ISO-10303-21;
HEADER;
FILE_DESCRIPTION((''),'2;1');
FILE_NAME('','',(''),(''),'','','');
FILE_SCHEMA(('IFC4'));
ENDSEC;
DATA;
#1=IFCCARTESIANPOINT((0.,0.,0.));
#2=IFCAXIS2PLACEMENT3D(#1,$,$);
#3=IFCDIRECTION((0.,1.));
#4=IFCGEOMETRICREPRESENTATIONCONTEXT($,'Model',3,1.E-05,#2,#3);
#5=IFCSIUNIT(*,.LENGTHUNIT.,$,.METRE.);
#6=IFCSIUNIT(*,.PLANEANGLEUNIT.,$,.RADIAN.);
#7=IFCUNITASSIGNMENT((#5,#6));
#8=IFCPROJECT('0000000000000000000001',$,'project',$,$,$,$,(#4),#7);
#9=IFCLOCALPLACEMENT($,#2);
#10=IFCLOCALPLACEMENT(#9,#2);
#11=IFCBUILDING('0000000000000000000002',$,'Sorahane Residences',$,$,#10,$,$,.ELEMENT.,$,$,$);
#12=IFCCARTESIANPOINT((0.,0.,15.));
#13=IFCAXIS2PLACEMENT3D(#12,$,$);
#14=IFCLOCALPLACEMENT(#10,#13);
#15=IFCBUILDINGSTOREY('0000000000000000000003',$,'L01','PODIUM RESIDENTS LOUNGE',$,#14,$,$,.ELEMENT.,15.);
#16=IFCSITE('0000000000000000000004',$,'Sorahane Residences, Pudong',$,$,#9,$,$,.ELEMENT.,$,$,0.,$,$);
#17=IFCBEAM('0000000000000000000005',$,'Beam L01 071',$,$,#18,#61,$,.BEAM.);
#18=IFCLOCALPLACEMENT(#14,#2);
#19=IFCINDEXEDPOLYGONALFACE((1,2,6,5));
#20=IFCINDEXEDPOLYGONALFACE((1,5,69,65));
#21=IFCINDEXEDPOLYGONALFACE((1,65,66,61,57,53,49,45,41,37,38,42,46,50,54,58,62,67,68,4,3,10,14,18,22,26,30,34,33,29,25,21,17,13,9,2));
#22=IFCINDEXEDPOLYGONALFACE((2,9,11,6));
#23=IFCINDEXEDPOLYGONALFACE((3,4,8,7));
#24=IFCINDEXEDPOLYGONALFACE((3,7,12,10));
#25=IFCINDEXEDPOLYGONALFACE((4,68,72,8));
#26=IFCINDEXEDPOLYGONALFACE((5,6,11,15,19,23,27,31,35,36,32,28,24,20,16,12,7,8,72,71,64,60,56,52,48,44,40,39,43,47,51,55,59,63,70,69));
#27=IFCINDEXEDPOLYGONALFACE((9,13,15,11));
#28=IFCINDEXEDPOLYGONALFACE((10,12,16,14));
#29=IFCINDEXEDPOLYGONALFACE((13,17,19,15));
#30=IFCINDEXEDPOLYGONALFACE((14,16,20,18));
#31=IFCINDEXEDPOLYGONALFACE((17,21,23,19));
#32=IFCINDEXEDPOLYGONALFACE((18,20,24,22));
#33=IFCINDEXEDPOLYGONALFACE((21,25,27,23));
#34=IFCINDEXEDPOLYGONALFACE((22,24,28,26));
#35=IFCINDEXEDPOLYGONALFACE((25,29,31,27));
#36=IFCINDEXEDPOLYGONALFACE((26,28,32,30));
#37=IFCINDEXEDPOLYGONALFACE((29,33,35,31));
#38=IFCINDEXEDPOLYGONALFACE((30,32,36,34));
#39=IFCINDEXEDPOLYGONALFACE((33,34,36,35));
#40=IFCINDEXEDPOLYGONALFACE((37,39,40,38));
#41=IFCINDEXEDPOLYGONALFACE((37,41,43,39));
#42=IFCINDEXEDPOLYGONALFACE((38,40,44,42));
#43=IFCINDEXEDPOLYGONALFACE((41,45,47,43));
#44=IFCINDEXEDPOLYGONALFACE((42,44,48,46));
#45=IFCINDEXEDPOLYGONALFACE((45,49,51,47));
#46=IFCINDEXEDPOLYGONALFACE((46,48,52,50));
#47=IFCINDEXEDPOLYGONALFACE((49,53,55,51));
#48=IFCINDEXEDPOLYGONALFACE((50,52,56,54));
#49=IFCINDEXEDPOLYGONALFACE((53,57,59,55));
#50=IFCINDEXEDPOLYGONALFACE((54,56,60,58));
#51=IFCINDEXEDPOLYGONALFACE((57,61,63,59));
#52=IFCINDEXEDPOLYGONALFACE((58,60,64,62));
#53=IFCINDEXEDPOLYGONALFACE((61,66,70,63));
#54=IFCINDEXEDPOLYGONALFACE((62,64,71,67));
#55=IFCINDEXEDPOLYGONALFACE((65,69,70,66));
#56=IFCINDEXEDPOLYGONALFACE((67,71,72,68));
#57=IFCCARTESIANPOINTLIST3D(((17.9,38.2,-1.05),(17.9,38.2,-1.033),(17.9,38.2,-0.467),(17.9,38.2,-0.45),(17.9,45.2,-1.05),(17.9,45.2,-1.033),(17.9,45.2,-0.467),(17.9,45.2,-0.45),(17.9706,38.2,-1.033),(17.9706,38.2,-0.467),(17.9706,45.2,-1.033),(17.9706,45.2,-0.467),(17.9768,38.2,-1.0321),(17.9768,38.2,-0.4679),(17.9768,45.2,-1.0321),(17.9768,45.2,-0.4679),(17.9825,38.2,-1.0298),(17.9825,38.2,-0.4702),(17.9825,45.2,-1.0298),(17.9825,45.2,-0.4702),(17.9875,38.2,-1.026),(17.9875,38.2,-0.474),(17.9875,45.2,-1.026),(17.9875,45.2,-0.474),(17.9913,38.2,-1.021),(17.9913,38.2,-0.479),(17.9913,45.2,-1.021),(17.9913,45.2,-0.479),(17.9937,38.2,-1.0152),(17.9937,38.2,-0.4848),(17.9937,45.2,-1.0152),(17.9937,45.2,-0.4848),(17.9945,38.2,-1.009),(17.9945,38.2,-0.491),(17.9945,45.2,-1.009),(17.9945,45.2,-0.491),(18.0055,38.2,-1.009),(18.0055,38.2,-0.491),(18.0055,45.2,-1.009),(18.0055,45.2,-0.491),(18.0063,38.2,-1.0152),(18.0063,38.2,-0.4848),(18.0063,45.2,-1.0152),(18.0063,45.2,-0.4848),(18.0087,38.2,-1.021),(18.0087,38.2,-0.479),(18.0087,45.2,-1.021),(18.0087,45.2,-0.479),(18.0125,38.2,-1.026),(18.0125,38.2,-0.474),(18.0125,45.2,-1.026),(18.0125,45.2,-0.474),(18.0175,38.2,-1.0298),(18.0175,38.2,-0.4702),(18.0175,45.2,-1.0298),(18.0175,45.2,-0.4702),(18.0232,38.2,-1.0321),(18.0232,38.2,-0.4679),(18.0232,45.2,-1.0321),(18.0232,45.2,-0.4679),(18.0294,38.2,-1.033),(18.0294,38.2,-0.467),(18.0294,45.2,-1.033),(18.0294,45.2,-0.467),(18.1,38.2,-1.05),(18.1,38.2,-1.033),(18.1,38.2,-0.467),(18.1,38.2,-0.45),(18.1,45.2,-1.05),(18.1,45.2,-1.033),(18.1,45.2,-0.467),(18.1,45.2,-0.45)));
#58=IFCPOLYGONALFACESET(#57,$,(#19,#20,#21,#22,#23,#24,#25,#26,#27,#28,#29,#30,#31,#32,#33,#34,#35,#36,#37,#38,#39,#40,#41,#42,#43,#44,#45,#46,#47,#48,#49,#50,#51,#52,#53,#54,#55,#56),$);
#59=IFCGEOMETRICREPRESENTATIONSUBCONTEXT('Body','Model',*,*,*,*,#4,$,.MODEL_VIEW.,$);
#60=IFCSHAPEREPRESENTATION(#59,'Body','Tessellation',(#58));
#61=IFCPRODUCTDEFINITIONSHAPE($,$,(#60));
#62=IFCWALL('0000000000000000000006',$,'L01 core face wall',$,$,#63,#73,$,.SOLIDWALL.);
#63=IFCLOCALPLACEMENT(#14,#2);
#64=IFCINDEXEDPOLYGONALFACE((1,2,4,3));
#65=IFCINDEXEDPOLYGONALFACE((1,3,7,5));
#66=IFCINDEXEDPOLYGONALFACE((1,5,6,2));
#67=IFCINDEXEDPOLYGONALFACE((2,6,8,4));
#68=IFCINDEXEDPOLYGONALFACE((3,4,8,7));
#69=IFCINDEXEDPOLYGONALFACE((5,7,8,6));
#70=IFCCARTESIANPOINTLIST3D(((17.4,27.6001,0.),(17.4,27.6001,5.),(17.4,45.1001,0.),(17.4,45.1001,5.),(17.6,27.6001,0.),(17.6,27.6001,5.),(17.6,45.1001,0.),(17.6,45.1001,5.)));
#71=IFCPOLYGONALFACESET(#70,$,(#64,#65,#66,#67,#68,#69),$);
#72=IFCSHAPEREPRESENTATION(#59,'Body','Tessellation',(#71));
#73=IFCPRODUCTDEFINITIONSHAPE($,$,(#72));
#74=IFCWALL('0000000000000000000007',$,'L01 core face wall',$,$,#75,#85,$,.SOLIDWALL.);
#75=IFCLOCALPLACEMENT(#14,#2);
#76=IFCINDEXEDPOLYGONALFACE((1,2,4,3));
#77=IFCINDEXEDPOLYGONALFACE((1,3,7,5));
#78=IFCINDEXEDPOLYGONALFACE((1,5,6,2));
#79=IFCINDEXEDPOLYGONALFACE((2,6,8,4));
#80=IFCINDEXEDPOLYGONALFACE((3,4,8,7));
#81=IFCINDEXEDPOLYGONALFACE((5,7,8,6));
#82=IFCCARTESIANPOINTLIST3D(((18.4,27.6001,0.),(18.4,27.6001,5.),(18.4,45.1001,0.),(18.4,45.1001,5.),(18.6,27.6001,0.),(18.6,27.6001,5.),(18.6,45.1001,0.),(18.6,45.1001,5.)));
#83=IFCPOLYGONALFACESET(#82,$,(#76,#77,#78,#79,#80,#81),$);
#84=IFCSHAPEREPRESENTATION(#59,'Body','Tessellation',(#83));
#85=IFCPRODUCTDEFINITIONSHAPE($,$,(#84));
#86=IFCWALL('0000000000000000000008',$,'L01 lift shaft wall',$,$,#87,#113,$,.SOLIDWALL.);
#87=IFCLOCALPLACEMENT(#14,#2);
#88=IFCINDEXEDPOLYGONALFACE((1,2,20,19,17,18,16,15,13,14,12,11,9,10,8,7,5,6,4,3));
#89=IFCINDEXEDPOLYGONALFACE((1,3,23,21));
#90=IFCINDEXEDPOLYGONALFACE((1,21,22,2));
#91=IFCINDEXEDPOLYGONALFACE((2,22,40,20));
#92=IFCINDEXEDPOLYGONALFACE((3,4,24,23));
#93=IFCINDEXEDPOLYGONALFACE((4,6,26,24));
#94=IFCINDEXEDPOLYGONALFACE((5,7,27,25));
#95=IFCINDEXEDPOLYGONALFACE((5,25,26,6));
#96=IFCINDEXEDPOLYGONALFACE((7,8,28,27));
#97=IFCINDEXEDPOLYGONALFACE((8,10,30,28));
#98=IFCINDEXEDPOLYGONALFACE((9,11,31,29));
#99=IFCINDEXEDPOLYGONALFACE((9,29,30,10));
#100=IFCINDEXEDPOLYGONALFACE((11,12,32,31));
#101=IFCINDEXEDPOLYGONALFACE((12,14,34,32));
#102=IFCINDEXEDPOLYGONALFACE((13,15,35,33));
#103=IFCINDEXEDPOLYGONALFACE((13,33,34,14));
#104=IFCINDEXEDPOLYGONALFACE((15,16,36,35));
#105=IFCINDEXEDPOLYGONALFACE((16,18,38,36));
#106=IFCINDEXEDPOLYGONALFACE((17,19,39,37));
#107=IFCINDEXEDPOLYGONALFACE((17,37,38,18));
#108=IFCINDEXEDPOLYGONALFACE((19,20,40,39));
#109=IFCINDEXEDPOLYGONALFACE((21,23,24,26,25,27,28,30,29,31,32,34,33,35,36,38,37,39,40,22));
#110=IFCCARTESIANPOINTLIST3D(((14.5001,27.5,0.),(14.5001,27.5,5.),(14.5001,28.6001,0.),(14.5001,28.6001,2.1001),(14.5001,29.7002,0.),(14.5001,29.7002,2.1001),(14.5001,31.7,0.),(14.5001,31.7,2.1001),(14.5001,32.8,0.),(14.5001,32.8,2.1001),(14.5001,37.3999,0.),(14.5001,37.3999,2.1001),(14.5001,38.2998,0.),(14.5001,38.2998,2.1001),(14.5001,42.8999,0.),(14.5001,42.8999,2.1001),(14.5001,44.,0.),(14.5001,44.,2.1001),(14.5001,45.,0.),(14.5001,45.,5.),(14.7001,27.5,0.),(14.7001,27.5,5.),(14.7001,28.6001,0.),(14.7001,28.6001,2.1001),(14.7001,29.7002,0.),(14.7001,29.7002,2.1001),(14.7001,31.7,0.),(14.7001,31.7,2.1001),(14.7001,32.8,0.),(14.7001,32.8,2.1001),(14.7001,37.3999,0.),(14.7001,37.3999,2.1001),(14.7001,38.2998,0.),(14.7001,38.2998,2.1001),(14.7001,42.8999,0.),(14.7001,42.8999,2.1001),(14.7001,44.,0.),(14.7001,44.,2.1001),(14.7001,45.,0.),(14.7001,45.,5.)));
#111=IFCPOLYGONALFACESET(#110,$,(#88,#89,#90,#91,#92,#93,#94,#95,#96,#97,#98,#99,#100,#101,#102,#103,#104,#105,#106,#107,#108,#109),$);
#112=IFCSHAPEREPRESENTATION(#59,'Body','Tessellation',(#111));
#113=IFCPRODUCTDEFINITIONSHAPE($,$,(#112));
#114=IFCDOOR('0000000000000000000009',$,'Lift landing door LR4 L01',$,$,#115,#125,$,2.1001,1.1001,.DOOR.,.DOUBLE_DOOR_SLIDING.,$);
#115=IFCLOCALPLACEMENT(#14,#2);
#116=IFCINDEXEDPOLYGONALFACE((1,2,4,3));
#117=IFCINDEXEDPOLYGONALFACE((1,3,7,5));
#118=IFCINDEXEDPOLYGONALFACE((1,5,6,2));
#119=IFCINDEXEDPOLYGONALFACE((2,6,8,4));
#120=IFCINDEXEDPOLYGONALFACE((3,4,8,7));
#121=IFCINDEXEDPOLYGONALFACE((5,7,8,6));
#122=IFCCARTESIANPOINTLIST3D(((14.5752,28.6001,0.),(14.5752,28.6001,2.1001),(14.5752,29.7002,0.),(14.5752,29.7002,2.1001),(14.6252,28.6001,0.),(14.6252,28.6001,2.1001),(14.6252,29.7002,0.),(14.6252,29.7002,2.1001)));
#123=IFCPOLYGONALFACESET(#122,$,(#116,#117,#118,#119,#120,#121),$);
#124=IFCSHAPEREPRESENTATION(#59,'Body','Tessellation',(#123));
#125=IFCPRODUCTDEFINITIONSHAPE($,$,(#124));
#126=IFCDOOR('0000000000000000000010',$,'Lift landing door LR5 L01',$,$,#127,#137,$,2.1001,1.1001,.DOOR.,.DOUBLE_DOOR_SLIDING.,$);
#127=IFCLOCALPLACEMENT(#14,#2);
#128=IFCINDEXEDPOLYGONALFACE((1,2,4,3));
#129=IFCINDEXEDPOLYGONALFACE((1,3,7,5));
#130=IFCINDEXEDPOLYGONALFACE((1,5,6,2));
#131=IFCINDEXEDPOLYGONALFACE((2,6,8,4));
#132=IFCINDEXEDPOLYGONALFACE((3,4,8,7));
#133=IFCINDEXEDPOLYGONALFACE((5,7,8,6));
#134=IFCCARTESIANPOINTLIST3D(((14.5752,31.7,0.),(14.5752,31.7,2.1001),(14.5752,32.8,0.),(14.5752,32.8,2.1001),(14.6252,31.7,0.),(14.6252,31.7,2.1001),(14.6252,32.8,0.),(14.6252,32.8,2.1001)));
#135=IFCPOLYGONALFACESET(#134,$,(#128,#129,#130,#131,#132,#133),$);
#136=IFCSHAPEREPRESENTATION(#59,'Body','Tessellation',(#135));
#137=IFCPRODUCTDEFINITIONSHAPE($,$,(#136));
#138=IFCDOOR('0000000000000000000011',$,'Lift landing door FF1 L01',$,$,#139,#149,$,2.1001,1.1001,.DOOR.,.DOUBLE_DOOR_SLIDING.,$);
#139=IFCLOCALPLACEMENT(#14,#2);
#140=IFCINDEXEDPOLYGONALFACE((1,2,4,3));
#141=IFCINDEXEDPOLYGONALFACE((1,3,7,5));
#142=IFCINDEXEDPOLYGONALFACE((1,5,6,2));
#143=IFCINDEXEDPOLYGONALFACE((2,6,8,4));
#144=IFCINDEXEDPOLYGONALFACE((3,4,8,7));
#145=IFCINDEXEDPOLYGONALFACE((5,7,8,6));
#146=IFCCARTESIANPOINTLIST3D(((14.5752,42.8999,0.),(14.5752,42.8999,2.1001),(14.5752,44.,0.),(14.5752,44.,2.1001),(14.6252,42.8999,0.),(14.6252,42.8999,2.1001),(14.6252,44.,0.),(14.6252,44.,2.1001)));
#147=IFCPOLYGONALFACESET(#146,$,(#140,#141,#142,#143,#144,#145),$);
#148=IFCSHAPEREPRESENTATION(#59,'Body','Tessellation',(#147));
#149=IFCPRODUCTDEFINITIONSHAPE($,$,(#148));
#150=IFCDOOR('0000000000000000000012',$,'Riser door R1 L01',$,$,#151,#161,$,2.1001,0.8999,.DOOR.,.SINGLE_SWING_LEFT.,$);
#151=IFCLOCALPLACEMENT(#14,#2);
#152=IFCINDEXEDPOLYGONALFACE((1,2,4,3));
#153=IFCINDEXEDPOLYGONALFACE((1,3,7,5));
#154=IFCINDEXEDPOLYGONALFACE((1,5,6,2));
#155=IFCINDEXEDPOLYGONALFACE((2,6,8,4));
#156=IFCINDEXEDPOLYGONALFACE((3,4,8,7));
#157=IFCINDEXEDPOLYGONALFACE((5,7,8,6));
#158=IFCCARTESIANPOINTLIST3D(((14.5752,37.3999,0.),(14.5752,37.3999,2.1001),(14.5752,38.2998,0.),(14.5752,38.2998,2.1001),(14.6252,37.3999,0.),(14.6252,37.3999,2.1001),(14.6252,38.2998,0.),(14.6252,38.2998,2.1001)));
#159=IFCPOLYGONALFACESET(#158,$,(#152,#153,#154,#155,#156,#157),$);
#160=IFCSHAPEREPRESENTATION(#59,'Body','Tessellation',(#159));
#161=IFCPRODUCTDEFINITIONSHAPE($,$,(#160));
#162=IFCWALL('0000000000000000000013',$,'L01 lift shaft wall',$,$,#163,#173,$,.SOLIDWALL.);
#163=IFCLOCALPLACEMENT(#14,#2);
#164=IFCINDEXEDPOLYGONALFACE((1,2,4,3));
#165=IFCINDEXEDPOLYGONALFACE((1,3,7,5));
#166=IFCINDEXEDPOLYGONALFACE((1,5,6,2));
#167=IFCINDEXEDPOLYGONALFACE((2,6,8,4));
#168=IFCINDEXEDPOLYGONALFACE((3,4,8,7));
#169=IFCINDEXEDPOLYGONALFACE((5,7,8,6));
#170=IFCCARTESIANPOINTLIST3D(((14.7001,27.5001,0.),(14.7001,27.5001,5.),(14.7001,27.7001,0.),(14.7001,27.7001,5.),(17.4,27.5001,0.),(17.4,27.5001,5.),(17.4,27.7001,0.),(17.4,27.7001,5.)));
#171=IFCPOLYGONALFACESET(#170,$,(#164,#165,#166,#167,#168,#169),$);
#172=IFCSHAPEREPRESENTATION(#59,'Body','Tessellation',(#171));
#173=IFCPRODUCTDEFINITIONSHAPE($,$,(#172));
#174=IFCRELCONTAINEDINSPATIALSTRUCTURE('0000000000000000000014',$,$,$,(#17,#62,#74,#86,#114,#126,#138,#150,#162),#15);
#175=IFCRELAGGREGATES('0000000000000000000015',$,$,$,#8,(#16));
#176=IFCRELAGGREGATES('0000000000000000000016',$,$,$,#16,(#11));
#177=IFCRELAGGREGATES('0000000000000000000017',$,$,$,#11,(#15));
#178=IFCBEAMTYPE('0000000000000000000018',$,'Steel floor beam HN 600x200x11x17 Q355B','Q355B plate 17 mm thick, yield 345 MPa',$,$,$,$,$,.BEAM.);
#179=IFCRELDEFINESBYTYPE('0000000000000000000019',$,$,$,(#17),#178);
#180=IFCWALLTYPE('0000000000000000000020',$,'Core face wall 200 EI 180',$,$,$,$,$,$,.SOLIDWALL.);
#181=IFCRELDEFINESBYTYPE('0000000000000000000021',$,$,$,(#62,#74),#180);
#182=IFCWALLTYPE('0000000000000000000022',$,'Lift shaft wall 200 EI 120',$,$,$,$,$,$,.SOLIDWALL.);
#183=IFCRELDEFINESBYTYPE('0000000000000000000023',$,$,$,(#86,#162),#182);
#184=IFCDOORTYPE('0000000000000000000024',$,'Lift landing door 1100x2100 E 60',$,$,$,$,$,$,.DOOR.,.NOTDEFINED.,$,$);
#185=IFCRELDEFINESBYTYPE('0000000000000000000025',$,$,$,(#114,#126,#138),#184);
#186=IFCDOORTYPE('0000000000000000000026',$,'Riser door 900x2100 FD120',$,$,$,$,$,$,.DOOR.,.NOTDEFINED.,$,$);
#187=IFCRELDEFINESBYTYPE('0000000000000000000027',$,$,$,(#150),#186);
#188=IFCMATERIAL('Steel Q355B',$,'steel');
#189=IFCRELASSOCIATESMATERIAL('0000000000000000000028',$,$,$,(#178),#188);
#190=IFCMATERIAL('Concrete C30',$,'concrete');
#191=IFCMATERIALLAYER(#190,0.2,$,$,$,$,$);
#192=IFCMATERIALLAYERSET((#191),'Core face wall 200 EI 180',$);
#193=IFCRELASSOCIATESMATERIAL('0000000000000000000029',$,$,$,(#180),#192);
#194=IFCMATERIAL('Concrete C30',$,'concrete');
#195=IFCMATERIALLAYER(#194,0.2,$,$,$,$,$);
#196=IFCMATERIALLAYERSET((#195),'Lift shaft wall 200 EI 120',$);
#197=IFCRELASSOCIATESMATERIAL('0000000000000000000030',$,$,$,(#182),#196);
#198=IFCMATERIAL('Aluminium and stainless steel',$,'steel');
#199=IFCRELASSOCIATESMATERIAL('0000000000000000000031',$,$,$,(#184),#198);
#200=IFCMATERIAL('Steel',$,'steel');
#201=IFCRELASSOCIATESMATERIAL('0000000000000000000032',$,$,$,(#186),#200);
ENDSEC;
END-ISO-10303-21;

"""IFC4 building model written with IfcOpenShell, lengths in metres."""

from ifc_helpers import new_model, si_unit, direction, frame, frame_2d, origin, origin_2d, place, context, subcontext, project, spatial, rectangle, i_section, extrude, material, layer, layer_set, material_profile, profile_set, type_object, element, fill, save


model = new_model("IFC4")

# Units and contexts
model_context = context("Model", 3, precision=1e-05, world=origin(), true_north=direction((0.0, 1.0)))
body_context = subcontext(model_context, "Body", "Model", "MODEL_VIEW")
ifc_project = project(units=[si_unit("LENGTHUNIT", "METRE"), si_unit("PLANEANGLEUNIT", "RADIAN")], contexts=[model_context])

# Site, building, storey
site_placement = place(None, origin())
site = spatial("IfcSite", under=ifc_project, at=site_placement, Name="Sorahane Residences, Pudong", CompositionType="ELEMENT", RefElevation=0.0)
building_placement = place(site_placement, origin())
building = spatial("IfcBuilding", under=site, at=building_placement, Name="Sorahane Residences", CompositionType="ELEMENT")
storey_placement = place(building_placement, frame((0.0, 0.0, 15.0)))
storey = spatial("IfcBuildingStorey", under=building, at=storey_placement, Name="L01", Description="PODIUM RESIDENTS LOUNGE", CompositionType="ELEMENT", Elevation=15.0)

# Beam
ifc_material_1 = material(Name="Steel Q355B", Category="steel")
ifc_material_profile_1 = material_profile(ifc_material_1, i_section(OverallWidth=0.2, OverallDepth=0.6001, WebThickness=0.011, FlangeThickness=0.0171, FilletRadius=0.0239, at=origin_2d()), Name="HN 600x200x11x17")
ifc_profile_set_1 = profile_set([ifc_material_profile_1], Name="Steel Q355B")
beam_type_1 = type_object("IfcBeamType", Name="Steel floor beam HN 600x200x11x17 Q355B", Description="Q355B plate 17 mm thick, yield 345 MPa", PredefinedType="BEAM", material=ifc_profile_set_1)
for number, where, z_axis, x_axis, name in (
    (1, (18.0, 38.2, -0.75), (0.0, 1.0, 0.0), (-1.0, 0.0, 0.0), "Beam L01 071"),
):
    element("IfcBeam", number, at=place(storey_placement, frame(where, z_axis=z_axis, x_axis=x_axis)), inside=storey, type_object=beam_type_1, Name=name, PredefinedType="BEAM", context=body_context, shape_type="SweptSolid", body=[
        extrude(i_section(OverallWidth=0.2, OverallDepth=0.6001, WebThickness=0.011, FlangeThickness=0.0171, FilletRadius=0.0239, at=origin_2d()), origin(), (0.0, 0.0, 1.0), 7.0),
    ])

# Walls
ifc_material_2 = material(Name="Concrete C30", Category="concrete")
ifc_layer_1 = layer(ifc_material_2, 0.2)
ifc_layer_set_1 = layer_set([ifc_layer_1], Name="Core face wall 200 EI 180")
wall_type_1 = type_object("IfcWallType", Name="Core face wall 200 EI 180", PredefinedType="SOLIDWALL", material=ifc_layer_set_1)
for number, where, z_axis, x_axis, name in (
    (2, (17.5, 27.6001, 0.0), (0.0, 0.0, 1.0), (0.0, 1.0, 0.0), "L01 core face wall"),
    (3, (18.5, 27.6001, 0.0), (0.0, 0.0, 1.0), (0.0, 1.0, 0.0), "L01 core face wall"),
):
    element("IfcWall", number, at=place(storey_placement, frame(where, z_axis=z_axis, x_axis=x_axis)), inside=storey, type_object=wall_type_1, Name=name, PredefinedType="SOLIDWALL", context=body_context, shape_type="SweptSolid", body=[
        extrude(rectangle(XDim=17.5, YDim=0.2, at=frame_2d((8.75, 0.0))), origin(), (0.0, 0.0, 1.0), 5.0),
    ])

# Wall, openings, doors
ifc_material_3 = material(Name="Concrete C30", Category="concrete")
ifc_layer_2 = layer(ifc_material_3, 0.2)
ifc_layer_set_2 = layer_set([ifc_layer_2], Name="Lift shaft wall 200 EI 120")
wall_type_2 = type_object("IfcWallType", Name="Lift shaft wall 200 EI 120", PredefinedType="SOLIDWALL", material=ifc_layer_set_2)
wall_1_placement = place(storey_placement, frame((14.6001, 27.5, 0.0), z_axis=(0.0, 0.0, 1.0), x_axis=(0.0, 1.0, 0.0)))
wall_1 = element("IfcWall", 4, at=wall_1_placement, inside=storey, type_object=wall_type_2, Name="L01 lift shaft wall", PredefinedType="SOLIDWALL", context=body_context, shape_type="SweptSolid", body=[
    extrude(rectangle(XDim=17.5, YDim=0.2, at=frame_2d((8.75, 0.0))), origin(), (0.0, 0.0, 1.0), 5.0),
])
opening_1_placement = place(wall_1_placement, frame((1.1001, 0.0, 0.0)))
opening_1 = element("IfcOpeningElement", 5, at=opening_1_placement, cuts=wall_1, PredefinedType="OPENING", context=body_context, shape_type="SweptSolid", body=[
    extrude(rectangle(XDim=1.1001, YDim=2.1001, at=frame_2d((0.55, 1.05))), frame((0.0, 0.1099, 0.0), z_axis=(0.0, -1.0, 0.0), x_axis=(1.0, 0.0, 0.0)), (0.0, 0.0, 1.0), 0.22),
])
opening_2_placement = place(wall_1_placement, frame((4.2, 0.0, 0.0)))
opening_2 = element("IfcOpeningElement", 6, at=opening_2_placement, cuts=wall_1, PredefinedType="OPENING", context=body_context, shape_type="SweptSolid", body=[
    extrude(rectangle(XDim=1.1001, YDim=2.1001, at=frame_2d((0.55, 1.05))), frame((0.0, 0.1099, 0.0), z_axis=(0.0, -1.0, 0.0), x_axis=(1.0, 0.0, 0.0)), (0.0, 0.0, 1.0), 0.22),
])
opening_3_placement = place(wall_1_placement, frame((15.3999, 0.0, 0.0)))
opening_3 = element("IfcOpeningElement", 7, at=opening_3_placement, cuts=wall_1, PredefinedType="OPENING", context=body_context, shape_type="SweptSolid", body=[
    extrude(rectangle(XDim=1.1001, YDim=2.1001, at=frame_2d((0.55, 1.05))), frame((0.0, 0.1099, 0.0), z_axis=(0.0, -1.0, 0.0), x_axis=(1.0, 0.0, 0.0)), (0.0, 0.0, 1.0), 0.22),
])
opening_4_placement = place(wall_1_placement, frame((9.8999, 0.0, 0.0)))
opening_4 = element("IfcOpeningElement", 8, at=opening_4_placement, cuts=wall_1, PredefinedType="OPENING", context=body_context, shape_type="SweptSolid", body=[
    extrude(rectangle(XDim=0.8999, YDim=2.1001, at=frame_2d((0.45, 1.05))), frame((0.0, 0.1099, 0.0), z_axis=(0.0, -1.0, 0.0), x_axis=(1.0, 0.0, 0.0)), (0.0, 0.0, 1.0), 0.22),
])
ifc_material_4 = material(Name="Aluminium and stainless steel", Category="steel")
door_type_1 = type_object("IfcDoorType", Name="Lift landing door 1100x2100 E 60", OperationType="NOTDEFINED", PredefinedType="DOOR", material=ifc_material_4)
door_1_placement = place(opening_1_placement, origin())
door_1 = element("IfcDoor", 9, at=door_1_placement, inside=storey, type_object=door_type_1, Name="Lift landing door LR4 L01", OperationType="DOUBLE_DOOR_SLIDING", OverallHeight=2.1001, OverallWidth=1.1001, PredefinedType="DOOR", context=body_context, shape_type="SweptSolid", body=[
    extrude(rectangle(XDim=1.1001, YDim=2.1001, at=frame_2d((0.55, 1.05))), frame((0.0, 0.0249, 0.0), z_axis=(0.0, -1.0, 0.0), x_axis=(1.0, 0.0, 0.0)), (0.0, 0.0, 1.0), 0.05),
])
fill(opening_1, door_1)
door_2_placement = place(opening_2_placement, origin())
door_2 = element("IfcDoor", 10, at=door_2_placement, inside=storey, type_object=door_type_1, Name="Lift landing door LR5 L01", OperationType="DOUBLE_DOOR_SLIDING", OverallHeight=2.1001, OverallWidth=1.1001, PredefinedType="DOOR", context=body_context, shape_type="SweptSolid", body=[
    extrude(rectangle(XDim=1.1001, YDim=2.1001, at=frame_2d((0.55, 1.05))), frame((0.0, 0.0249, 0.0), z_axis=(0.0, -1.0, 0.0), x_axis=(1.0, 0.0, 0.0)), (0.0, 0.0, 1.0), 0.05),
])
fill(opening_2, door_2)
door_3_placement = place(opening_3_placement, origin())
door_3 = element("IfcDoor", 11, at=door_3_placement, inside=storey, type_object=door_type_1, Name="Lift landing door FF1 L01", OperationType="DOUBLE_DOOR_SLIDING", OverallHeight=2.1001, OverallWidth=1.1001, PredefinedType="DOOR", context=body_context, shape_type="SweptSolid", body=[
    extrude(rectangle(XDim=1.1001, YDim=2.1001, at=frame_2d((0.55, 1.05))), frame((0.0, 0.0249, 0.0), z_axis=(0.0, -1.0, 0.0), x_axis=(1.0, 0.0, 0.0)), (0.0, 0.0, 1.0), 0.05),
])
fill(opening_3, door_3)
ifc_material_5 = material(Name="Steel", Category="steel")
door_type_2 = type_object("IfcDoorType", Name="Riser door 900x2100 FD120", OperationType="NOTDEFINED", PredefinedType="DOOR", material=ifc_material_5)
door_4_placement = place(opening_4_placement, origin())
door_4 = element("IfcDoor", 12, at=door_4_placement, inside=storey, type_object=door_type_2, Name="Riser door R1 L01", OperationType="SINGLE_SWING_LEFT", OverallHeight=2.1001, OverallWidth=0.8999, PredefinedType="DOOR", context=body_context, shape_type="SweptSolid", body=[
    extrude(rectangle(XDim=0.8999, YDim=2.1001, at=frame_2d((0.45, 1.05))), frame((0.0, 0.0249, 0.0), z_axis=(0.0, -1.0, 0.0), x_axis=(1.0, 0.0, 0.0)), (0.0, 0.0, 1.0), 0.05),
])
fill(opening_4, door_4)

# Wall
for number, where, z_axis, x_axis, name in (
    (13, (14.7, 27.6001, 0.0), (0.0, 0.0, 1.0), (1.0, 0.0, 0.0), "L01 lift shaft wall"),
):
    element("IfcWall", number, at=place(storey_placement, frame(where, z_axis=z_axis, x_axis=x_axis)), inside=storey, type_object=wall_type_2, Name=name, PredefinedType="SOLIDWALL", context=body_context, shape_type="SweptSolid", body=[
        extrude(rectangle(XDim=2.7, YDim=0.2, at=frame_2d((1.3501, 0.0))), origin(), (0.0, 0.0, 1.0), 5.0),
    ])

save(model, "model.ifc")
